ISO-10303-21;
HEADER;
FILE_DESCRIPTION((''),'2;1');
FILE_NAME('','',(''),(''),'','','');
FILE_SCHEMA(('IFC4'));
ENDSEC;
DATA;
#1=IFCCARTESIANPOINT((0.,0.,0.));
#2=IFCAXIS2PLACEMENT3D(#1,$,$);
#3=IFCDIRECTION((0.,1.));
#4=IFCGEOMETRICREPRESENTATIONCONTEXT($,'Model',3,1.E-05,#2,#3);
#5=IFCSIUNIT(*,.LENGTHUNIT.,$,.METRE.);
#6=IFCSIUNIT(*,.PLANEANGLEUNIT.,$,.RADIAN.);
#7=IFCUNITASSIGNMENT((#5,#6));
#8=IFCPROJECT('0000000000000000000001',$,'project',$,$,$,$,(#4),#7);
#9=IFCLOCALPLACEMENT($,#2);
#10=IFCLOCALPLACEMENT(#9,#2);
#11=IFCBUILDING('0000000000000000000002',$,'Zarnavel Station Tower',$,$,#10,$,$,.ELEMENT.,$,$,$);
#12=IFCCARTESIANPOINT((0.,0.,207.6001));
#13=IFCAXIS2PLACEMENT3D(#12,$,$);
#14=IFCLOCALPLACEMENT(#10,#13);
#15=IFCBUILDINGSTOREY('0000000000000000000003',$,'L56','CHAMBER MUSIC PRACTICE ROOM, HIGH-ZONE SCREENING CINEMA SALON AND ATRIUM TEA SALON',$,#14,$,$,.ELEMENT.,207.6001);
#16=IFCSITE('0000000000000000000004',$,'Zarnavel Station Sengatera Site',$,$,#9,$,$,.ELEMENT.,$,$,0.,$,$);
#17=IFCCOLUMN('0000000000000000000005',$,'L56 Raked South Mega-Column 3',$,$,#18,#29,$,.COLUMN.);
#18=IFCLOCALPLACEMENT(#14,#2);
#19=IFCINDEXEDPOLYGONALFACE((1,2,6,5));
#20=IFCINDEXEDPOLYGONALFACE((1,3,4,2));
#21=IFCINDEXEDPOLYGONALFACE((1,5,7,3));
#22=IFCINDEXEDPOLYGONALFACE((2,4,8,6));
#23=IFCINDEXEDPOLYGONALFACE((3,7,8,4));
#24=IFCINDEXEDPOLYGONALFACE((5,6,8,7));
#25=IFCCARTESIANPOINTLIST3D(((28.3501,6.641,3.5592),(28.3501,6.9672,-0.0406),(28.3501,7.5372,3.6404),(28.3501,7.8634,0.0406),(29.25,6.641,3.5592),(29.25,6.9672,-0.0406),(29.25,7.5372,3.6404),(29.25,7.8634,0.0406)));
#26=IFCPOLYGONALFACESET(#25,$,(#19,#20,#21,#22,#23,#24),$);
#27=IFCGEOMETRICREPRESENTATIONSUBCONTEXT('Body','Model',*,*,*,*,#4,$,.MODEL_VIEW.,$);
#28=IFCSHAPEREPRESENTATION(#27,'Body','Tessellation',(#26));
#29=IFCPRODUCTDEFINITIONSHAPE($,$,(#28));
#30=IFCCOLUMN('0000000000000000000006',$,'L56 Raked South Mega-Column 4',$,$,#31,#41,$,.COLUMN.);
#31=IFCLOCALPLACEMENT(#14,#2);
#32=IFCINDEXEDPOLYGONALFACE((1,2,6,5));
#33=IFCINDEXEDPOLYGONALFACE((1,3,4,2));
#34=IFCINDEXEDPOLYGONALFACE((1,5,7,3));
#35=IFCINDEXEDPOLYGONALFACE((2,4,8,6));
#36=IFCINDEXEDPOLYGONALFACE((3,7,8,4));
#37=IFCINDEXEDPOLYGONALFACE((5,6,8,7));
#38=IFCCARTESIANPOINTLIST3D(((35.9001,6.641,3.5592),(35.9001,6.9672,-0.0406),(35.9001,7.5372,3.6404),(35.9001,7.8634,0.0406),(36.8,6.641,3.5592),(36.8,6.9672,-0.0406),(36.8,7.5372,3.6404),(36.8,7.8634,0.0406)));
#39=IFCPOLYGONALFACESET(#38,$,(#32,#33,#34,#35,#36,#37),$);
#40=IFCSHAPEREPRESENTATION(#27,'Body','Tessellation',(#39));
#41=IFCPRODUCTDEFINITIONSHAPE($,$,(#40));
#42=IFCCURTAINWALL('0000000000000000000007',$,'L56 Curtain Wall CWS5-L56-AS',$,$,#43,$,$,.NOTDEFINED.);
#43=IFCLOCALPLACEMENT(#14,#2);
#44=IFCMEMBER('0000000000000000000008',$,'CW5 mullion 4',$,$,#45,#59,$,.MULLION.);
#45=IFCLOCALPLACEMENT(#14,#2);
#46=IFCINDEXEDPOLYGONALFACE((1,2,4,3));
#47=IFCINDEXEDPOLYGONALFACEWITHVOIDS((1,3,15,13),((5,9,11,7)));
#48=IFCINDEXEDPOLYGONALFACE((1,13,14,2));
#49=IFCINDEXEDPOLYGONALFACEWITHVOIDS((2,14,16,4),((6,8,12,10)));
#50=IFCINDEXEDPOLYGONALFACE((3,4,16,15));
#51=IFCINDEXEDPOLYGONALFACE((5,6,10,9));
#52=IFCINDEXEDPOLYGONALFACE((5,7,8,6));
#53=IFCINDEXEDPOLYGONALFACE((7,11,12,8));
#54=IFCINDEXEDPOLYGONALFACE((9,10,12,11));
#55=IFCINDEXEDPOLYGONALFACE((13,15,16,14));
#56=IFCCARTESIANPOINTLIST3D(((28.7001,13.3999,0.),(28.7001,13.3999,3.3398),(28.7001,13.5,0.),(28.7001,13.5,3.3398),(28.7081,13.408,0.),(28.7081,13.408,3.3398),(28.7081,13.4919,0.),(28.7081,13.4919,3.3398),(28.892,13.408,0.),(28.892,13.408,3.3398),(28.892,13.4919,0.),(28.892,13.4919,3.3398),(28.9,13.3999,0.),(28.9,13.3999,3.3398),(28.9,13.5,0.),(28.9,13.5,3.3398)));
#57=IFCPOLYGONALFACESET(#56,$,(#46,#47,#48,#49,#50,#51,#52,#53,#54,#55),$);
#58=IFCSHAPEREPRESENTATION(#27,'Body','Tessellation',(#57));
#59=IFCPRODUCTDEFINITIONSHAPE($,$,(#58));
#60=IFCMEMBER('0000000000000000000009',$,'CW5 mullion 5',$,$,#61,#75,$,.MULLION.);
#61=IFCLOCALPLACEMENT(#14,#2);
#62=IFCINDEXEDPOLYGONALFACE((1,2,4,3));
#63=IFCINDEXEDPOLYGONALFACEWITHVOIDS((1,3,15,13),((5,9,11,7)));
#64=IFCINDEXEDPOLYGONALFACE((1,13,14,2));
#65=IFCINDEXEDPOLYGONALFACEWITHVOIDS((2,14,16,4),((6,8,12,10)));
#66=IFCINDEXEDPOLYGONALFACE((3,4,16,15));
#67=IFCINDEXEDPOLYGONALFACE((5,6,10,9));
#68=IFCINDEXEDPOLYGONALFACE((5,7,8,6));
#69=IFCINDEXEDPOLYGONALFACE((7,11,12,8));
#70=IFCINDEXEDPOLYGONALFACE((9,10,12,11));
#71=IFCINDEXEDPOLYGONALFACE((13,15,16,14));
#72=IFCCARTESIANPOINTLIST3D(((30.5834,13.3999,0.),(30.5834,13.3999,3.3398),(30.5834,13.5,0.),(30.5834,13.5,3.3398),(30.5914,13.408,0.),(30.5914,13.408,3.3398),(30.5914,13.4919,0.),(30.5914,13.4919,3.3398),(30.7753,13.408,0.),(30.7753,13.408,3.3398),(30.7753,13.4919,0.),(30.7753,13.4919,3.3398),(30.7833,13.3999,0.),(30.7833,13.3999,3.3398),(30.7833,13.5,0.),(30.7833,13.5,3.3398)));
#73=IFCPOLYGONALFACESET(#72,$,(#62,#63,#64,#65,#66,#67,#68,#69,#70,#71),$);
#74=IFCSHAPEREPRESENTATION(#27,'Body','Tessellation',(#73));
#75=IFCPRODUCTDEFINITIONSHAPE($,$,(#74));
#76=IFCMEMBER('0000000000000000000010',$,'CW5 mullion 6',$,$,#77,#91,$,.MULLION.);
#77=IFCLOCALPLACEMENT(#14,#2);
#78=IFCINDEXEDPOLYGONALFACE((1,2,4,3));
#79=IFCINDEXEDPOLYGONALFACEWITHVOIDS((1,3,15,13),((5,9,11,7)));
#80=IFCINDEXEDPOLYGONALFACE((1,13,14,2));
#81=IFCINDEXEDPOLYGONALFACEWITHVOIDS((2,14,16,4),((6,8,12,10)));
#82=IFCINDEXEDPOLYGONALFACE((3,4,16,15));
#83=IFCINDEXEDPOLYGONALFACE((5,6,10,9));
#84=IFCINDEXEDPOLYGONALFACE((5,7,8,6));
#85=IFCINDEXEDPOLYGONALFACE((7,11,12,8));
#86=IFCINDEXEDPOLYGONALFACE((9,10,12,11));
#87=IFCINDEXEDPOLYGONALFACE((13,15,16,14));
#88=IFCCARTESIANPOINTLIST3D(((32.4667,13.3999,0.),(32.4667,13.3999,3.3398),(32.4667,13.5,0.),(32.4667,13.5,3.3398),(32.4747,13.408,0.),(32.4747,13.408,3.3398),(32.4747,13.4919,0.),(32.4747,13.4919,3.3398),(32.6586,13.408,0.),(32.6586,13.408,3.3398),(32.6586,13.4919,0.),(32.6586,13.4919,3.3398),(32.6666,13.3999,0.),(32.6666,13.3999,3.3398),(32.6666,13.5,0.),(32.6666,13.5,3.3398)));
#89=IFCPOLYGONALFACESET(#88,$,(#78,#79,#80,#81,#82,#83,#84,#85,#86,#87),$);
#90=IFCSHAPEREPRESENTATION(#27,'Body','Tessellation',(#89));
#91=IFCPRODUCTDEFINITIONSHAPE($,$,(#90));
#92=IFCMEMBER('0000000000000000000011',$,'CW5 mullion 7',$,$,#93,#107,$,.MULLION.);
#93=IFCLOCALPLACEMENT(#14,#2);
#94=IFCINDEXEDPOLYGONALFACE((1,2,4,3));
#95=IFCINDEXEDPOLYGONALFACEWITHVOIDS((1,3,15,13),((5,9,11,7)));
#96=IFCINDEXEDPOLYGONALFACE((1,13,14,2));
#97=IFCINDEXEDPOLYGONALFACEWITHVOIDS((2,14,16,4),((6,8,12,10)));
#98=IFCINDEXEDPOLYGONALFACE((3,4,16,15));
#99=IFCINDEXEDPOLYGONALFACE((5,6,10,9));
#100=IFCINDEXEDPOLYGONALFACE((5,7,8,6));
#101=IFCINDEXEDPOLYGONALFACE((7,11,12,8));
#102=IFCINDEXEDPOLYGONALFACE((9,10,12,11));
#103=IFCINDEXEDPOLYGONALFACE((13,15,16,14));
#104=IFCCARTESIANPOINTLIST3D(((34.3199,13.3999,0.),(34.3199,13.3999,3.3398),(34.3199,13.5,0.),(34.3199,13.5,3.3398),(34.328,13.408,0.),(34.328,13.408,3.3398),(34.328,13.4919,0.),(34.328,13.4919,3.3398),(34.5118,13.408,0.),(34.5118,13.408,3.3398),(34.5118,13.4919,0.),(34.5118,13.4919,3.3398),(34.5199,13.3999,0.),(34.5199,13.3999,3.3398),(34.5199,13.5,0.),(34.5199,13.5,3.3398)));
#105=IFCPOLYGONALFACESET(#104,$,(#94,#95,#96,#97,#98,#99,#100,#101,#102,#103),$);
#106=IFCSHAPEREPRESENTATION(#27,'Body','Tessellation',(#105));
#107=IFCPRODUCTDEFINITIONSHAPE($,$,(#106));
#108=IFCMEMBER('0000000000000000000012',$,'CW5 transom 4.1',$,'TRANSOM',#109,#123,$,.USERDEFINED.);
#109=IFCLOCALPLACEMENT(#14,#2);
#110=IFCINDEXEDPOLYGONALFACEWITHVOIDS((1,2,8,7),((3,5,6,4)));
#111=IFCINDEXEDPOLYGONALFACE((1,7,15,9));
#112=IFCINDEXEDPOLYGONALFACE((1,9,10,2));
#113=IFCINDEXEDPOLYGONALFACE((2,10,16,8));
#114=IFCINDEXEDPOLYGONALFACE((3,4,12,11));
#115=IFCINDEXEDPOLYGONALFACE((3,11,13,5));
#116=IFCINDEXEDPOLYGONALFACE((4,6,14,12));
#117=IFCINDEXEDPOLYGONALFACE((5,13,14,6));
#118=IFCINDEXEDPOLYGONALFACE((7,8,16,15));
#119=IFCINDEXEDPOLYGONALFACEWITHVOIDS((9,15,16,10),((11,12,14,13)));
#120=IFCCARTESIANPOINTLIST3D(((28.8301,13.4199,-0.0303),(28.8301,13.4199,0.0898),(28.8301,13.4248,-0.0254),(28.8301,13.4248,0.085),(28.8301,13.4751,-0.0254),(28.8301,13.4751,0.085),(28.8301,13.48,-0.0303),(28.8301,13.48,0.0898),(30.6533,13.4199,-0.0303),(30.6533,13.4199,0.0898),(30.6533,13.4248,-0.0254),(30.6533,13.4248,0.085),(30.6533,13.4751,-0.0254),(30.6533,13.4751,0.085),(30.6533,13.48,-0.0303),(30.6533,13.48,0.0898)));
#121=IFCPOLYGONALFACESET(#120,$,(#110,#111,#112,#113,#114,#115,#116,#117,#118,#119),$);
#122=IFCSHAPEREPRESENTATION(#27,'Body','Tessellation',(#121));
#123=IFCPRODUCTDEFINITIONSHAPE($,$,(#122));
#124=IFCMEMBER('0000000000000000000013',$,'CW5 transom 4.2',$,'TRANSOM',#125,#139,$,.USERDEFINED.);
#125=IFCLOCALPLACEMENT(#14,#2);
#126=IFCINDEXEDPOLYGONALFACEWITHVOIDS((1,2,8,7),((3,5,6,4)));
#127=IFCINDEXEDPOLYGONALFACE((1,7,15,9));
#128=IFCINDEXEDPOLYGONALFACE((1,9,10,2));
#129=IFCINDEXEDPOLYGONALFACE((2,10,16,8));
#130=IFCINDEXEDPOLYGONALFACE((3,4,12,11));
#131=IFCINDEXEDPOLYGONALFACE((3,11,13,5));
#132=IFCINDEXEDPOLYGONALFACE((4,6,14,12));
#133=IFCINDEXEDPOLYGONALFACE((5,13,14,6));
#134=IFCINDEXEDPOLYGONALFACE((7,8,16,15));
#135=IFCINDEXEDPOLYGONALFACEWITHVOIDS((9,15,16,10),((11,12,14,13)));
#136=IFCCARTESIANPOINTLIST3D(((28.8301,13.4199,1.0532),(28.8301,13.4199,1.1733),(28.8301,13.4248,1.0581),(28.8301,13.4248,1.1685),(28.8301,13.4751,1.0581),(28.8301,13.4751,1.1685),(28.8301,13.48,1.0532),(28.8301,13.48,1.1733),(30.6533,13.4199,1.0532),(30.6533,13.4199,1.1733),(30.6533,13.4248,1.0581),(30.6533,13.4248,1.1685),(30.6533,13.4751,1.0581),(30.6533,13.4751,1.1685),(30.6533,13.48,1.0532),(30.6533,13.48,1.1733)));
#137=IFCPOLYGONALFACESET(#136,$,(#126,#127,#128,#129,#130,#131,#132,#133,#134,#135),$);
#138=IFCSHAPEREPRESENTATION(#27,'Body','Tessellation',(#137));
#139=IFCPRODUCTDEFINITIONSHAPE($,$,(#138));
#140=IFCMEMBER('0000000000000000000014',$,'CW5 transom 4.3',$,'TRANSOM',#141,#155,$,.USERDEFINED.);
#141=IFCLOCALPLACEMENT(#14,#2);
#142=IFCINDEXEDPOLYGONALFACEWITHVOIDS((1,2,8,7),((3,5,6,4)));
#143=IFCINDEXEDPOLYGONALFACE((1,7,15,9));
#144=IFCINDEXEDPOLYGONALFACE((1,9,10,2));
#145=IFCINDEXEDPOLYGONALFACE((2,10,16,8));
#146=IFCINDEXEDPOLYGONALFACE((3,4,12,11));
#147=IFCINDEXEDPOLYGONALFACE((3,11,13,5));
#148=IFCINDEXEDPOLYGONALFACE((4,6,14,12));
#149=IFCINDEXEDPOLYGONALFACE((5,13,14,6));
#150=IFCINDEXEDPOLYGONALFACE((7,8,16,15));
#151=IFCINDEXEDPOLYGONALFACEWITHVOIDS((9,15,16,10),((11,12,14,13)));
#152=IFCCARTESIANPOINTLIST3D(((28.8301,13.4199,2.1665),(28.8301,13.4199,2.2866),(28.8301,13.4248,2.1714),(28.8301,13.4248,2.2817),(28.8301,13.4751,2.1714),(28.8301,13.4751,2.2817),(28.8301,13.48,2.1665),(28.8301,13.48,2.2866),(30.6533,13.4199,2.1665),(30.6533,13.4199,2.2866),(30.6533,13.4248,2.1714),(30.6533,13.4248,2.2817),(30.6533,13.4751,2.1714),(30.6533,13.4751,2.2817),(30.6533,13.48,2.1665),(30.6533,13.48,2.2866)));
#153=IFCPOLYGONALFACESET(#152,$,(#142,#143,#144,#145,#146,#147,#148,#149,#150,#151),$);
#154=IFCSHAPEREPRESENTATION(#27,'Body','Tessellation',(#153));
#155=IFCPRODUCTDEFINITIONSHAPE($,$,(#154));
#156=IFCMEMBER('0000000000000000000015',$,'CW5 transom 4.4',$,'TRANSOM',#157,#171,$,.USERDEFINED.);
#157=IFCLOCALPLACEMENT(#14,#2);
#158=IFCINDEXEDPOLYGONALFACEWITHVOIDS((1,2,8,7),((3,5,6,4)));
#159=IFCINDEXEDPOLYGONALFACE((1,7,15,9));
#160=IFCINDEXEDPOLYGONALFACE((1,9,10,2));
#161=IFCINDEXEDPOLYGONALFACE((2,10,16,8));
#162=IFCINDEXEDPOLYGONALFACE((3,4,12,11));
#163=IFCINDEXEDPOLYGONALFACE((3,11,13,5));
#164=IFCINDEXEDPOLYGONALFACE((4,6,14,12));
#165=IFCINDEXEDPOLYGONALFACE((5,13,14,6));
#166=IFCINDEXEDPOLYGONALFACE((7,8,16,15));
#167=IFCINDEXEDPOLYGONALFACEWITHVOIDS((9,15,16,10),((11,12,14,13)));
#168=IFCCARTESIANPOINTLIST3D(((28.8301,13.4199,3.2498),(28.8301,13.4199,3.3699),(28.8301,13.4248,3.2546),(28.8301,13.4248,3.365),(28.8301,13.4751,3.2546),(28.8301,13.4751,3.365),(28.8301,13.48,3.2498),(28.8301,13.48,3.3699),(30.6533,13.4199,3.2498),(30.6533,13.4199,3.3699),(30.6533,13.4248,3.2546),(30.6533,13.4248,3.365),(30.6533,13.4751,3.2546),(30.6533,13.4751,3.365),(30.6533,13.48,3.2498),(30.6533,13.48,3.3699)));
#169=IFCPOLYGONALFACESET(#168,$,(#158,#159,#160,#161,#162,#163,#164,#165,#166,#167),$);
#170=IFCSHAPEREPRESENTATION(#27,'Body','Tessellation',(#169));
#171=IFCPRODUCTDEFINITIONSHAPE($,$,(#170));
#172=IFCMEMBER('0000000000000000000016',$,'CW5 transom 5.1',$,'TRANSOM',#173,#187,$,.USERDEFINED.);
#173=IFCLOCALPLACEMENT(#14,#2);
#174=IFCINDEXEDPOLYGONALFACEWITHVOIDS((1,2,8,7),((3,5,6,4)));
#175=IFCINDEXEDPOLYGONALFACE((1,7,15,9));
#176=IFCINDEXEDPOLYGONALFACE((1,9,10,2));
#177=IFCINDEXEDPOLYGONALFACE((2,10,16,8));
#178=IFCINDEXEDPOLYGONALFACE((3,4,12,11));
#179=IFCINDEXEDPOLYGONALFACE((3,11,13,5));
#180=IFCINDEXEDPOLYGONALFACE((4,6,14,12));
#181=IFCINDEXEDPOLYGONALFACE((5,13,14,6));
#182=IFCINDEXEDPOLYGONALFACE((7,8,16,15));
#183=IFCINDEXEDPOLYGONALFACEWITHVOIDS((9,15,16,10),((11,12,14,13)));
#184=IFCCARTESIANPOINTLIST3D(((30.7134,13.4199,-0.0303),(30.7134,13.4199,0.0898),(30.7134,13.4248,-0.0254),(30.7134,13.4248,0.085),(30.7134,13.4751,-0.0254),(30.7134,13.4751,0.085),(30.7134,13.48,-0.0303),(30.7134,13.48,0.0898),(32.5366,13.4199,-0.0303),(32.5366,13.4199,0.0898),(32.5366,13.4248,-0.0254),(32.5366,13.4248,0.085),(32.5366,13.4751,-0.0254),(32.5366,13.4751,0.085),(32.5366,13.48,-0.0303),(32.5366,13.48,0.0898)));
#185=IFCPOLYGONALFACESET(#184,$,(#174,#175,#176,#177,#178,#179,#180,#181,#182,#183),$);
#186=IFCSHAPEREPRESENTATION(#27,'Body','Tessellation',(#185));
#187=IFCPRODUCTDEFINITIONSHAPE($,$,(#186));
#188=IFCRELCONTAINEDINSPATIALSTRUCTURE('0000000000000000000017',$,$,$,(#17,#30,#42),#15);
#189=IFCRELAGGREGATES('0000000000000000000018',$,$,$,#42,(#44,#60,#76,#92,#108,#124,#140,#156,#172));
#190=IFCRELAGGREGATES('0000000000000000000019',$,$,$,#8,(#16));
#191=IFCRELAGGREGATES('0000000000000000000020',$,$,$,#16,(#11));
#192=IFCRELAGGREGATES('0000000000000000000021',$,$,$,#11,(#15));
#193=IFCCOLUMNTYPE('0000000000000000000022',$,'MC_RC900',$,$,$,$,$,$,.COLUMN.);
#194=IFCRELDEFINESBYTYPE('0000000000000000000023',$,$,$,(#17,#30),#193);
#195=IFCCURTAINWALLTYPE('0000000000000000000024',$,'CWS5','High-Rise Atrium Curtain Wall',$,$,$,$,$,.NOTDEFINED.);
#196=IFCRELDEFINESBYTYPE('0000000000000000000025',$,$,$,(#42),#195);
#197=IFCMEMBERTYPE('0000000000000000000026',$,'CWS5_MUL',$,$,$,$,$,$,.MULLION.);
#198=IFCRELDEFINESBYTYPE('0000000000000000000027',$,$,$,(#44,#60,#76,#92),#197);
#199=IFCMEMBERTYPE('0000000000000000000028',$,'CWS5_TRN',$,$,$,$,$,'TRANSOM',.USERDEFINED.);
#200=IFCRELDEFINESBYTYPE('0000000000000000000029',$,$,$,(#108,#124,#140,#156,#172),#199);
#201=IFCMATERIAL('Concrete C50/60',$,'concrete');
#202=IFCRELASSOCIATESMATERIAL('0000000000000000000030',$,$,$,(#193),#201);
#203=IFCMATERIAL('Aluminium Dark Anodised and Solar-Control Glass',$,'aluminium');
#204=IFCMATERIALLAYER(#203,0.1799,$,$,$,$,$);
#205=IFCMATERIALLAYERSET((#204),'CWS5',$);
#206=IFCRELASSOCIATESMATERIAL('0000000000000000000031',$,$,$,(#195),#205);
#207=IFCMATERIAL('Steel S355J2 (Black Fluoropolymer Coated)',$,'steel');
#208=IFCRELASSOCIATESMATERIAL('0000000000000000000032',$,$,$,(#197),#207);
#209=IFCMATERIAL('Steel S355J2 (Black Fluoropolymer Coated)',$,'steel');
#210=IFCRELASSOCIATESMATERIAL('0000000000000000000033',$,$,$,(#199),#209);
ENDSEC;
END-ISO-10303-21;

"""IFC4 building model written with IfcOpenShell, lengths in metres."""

from ifc_helpers import new_model, si_unit, direction, frame, origin, origin_2d, place, context, subcontext, project, spatial, rectangle, hollow_rectangle, extrude, material, layer, layer_set, material_profile, profile_set, type_object, element, aggregate, save


model = new_model("IFC4")

# Units and contexts
model_context = context("Model", 3, precision=1e-05, world=origin(), true_north=direction((0.0, 1.0)))
body_context = subcontext(model_context, "Body", "Model", "MODEL_VIEW")
ifc_project = project(units=[si_unit("LENGTHUNIT", "METRE"), si_unit("PLANEANGLEUNIT", "RADIAN")], contexts=[model_context])

# Site, building, storey
site_placement = place(None, origin())
site = spatial("IfcSite", under=ifc_project, at=site_placement, Name="Zarnavel Station Sengatera Site", CompositionType="ELEMENT", RefElevation=0.0)
building_placement = place(site_placement, origin())
building = spatial("IfcBuilding", under=site, at=building_placement, Name="Zarnavel Station Tower", CompositionType="ELEMENT")
storey_placement = place(building_placement, frame((0.0, 0.0, 207.6001)))
storey = spatial("IfcBuildingStorey", under=building, at=storey_placement, Name="L56", Description="CHAMBER MUSIC PRACTICE ROOM, HIGH-ZONE SCREENING CINEMA SALON AND ATRIUM TEA SALON", CompositionType="ELEMENT", Elevation=207.6001)

# Columns
ifc_material_1 = material(Name="Concrete C50/60", Category="concrete")
ifc_material_profile_1 = material_profile(ifc_material_1, rectangle(XDim=0.8999, YDim=0.8999, at=origin_2d()), Name="RC900x900")
ifc_profile_set_1 = profile_set([ifc_material_profile_1], Name="Concrete C50/60")
column_type = type_object("IfcColumnType", Name="MC_RC900", PredefinedType="COLUMN", material=ifc_profile_set_1)
for number, where, z_axis, x_axis, name in (
    (1, (28.8, 7.4153, 0.0), (0.0, -0.090237, 0.99592), (1.0, 0.0, 0.0), "L56 Raked South Mega-Column 3"),
    (2, (36.3501, 7.4153, 0.0), (0.0, -0.090237, 0.99592), (1.0, 0.0, 0.0), "L56 Raked South Mega-Column 4"),
):
    element("IfcColumn", number, at=place(storey_placement, frame(where, z_axis=z_axis, x_axis=x_axis)), inside=storey, type_object=column_type, Name=name, PredefinedType="COLUMN", context=body_context, shape_type="SweptSolid", body=[
        extrude(rectangle(XDim=0.8999, YDim=0.8999, at=origin_2d()), origin(), (0.0, 0.0, 1.0), 3.6145),
    ])

# Curtain wall, members
ifc_material_2 = material(Name="Aluminium Dark Anodised and Solar-Control Glass", Category="aluminium")
ifc_layer_1 = layer(ifc_material_2, 0.1799)
ifc_layer_set_1 = layer_set([ifc_layer_1], Name="CWS5")
curtain_wall_type = type_object("IfcCurtainWallType", Name="CWS5", Description="High-Rise Atrium Curtain Wall", PredefinedType="NOTDEFINED", material=ifc_layer_set_1)
curtain_wall_placement = place(storey_placement, origin())
curtain_wall = element("IfcCurtainWall", 3, at=curtain_wall_placement, inside=storey, type_object=curtain_wall_type, Name="L56 Curtain Wall CWS5-L56-AS", PredefinedType="NOTDEFINED")
ifc_material_3 = material(Name="Steel S355J2 (Black Fluoropolymer Coated)", Category="steel")
ifc_material_profile_2 = material_profile(ifc_material_3, hollow_rectangle(XDim=0.1001, YDim=0.2, WallThickness=0.0081, at=origin_2d()), Name="RHS200x100x8")
ifc_profile_set_2 = profile_set([ifc_material_profile_2], Name="Steel S355J2 (Black Fluoropolymer Coated)")
member_type_1 = type_object("IfcMemberType", Name="CWS5_MUL", PredefinedType="MULLION", material=ifc_profile_set_2)
member_1_placement = place(storey_placement, frame((28.8, 13.45, 0.0), z_axis=(0.0, 0.0, 1.0), x_axis=(0.0, 1.0, 0.0)))
member_1 = element("IfcMember", 4, at=member_1_placement, type_object=member_type_1, Name="CW5 mullion 4", PredefinedType="MULLION", context=body_context, shape_type="SweptSolid", body=[
    extrude(hollow_rectangle(XDim=0.1001, YDim=0.2, WallThickness=0.0081, at=origin_2d()), origin(), (0.0, 0.0, 1.0), 3.3398),
])
member_2_placement = place(storey_placement, frame((30.6833, 13.45, 0.0), z_axis=(0.0, 0.0, 1.0), x_axis=(0.0, 1.0, 0.0)))
member_2 = element("IfcMember", 5, at=member_2_placement, type_object=member_type_1, Name="CW5 mullion 5", PredefinedType="MULLION", context=body_context, shape_type="SweptSolid", body=[
    extrude(hollow_rectangle(XDim=0.1001, YDim=0.2, WallThickness=0.0081, at=origin_2d()), origin(), (0.0, 0.0, 1.0), 3.3398),
])
member_3_placement = place(storey_placement, frame((32.5667, 13.45, 0.0), z_axis=(0.0, 0.0, 1.0), x_axis=(0.0, 1.0, 0.0)))
member_3 = element("IfcMember", 6, at=member_3_placement, type_object=member_type_1, Name="CW5 mullion 6", PredefinedType="MULLION", context=body_context, shape_type="SweptSolid", body=[
    extrude(hollow_rectangle(XDim=0.1001, YDim=0.2, WallThickness=0.0081, at=origin_2d()), origin(), (0.0, 0.0, 1.0), 3.3398),
])
member_4_placement = place(storey_placement, frame((34.4199, 13.45, 0.0), z_axis=(0.0, 0.0, 1.0), x_axis=(0.0, 1.0, 0.0)))
member_4 = element("IfcMember", 7, at=member_4_placement, type_object=member_type_1, Name="CW5 mullion 7", PredefinedType="MULLION", context=body_context, shape_type="SweptSolid", body=[
    extrude(hollow_rectangle(XDim=0.1001, YDim=0.2, WallThickness=0.0081, at=origin_2d()), origin(), (0.0, 0.0, 1.0), 3.3398),
])
ifc_material_4 = material(Name="Steel S355J2 (Black Fluoropolymer Coated)", Category="steel")
ifc_material_profile_3 = material_profile(ifc_material_4, hollow_rectangle(XDim=0.0601, YDim=0.1201, WallThickness=0.0049, at=origin_2d()), Name="RHS120x60x5")
ifc_profile_set_3 = profile_set([ifc_material_profile_3], Name="Steel S355J2 (Black Fluoropolymer Coated)")
member_type_2 = type_object("IfcMemberType", Name="CWS5_TRN", ElementType="TRANSOM", PredefinedType="USERDEFINED", material=ifc_profile_set_3)
member_5_placement = place(storey_placement, frame((28.8301, 13.45, 0.0298), z_axis=(1.0, 0.0, 0.0), x_axis=(0.0, 1.0, 0.0)))
member_5 = element("IfcMember", 8, at=member_5_placement, type_object=member_type_2, Name="CW5 transom 4.1", ObjectType="TRANSOM", PredefinedType="USERDEFINED", context=body_context, shape_type="SweptSolid", body=[
    extrude(hollow_rectangle(XDim=0.0601, YDim=0.1201, WallThickness=0.0049, at=origin_2d()), origin(), (0.0, 0.0, 1.0), 1.8232),
])
member_6_placement = place(storey_placement, frame((28.8301, 13.45, 1.1133), z_axis=(1.0, 0.0, 0.0), x_axis=(0.0, 1.0, 0.0)))
member_6 = element("IfcMember", 9, at=member_6_placement, type_object=member_type_2, Name="CW5 transom 4.2", ObjectType="TRANSOM", PredefinedType="USERDEFINED", context=body_context, shape_type="SweptSolid", body=[
    extrude(hollow_rectangle(XDim=0.0601, YDim=0.1201, WallThickness=0.0049, at=origin_2d()), origin(), (0.0, 0.0, 1.0), 1.8232),
])
member_7_placement = place(storey_placement, frame((28.8301, 13.45, 2.2266), z_axis=(1.0, 0.0, 0.0), x_axis=(0.0, 1.0, 0.0)))
member_7 = element("IfcMember", 10, at=member_7_placement, type_object=member_type_2, Name="CW5 transom 4.3", ObjectType="TRANSOM", PredefinedType="USERDEFINED", context=body_context, shape_type="SweptSolid", body=[
    extrude(hollow_rectangle(XDim=0.0601, YDim=0.1201, WallThickness=0.0049, at=origin_2d()), origin(), (0.0, 0.0, 1.0), 1.8232),
])
member_8_placement = place(storey_placement, frame((28.8301, 13.45, 3.3098), z_axis=(1.0, 0.0, 0.0), x_axis=(0.0, 1.0, 0.0)))
member_8 = element("IfcMember", 11, at=member_8_placement, type_object=member_type_2, Name="CW5 transom 4.4", ObjectType="TRANSOM", PredefinedType="USERDEFINED", context=body_context, shape_type="SweptSolid", body=[
    extrude(hollow_rectangle(XDim=0.0601, YDim=0.1201, WallThickness=0.0049, at=origin_2d()), origin(), (0.0, 0.0, 1.0), 1.8232),
])
member_9_placement = place(storey_placement, frame((30.7134, 13.45, 0.0298), z_axis=(1.0, 0.0, 0.0), x_axis=(0.0, 1.0, 0.0)))
member_9 = element("IfcMember", 12, at=member_9_placement, type_object=member_type_2, Name="CW5 transom 5.1", ObjectType="TRANSOM", PredefinedType="USERDEFINED", context=body_context, shape_type="SweptSolid", body=[
    extrude(hollow_rectangle(XDim=0.0601, YDim=0.1201, WallThickness=0.0049, at=origin_2d()), origin(), (0.0, 0.0, 1.0), 1.8232),
])

aggregate(curtain_wall, [member_1, member_2, member_3, member_4, member_5, member_6, member_7, member_8, member_9])

save(model, "model.ifc")
